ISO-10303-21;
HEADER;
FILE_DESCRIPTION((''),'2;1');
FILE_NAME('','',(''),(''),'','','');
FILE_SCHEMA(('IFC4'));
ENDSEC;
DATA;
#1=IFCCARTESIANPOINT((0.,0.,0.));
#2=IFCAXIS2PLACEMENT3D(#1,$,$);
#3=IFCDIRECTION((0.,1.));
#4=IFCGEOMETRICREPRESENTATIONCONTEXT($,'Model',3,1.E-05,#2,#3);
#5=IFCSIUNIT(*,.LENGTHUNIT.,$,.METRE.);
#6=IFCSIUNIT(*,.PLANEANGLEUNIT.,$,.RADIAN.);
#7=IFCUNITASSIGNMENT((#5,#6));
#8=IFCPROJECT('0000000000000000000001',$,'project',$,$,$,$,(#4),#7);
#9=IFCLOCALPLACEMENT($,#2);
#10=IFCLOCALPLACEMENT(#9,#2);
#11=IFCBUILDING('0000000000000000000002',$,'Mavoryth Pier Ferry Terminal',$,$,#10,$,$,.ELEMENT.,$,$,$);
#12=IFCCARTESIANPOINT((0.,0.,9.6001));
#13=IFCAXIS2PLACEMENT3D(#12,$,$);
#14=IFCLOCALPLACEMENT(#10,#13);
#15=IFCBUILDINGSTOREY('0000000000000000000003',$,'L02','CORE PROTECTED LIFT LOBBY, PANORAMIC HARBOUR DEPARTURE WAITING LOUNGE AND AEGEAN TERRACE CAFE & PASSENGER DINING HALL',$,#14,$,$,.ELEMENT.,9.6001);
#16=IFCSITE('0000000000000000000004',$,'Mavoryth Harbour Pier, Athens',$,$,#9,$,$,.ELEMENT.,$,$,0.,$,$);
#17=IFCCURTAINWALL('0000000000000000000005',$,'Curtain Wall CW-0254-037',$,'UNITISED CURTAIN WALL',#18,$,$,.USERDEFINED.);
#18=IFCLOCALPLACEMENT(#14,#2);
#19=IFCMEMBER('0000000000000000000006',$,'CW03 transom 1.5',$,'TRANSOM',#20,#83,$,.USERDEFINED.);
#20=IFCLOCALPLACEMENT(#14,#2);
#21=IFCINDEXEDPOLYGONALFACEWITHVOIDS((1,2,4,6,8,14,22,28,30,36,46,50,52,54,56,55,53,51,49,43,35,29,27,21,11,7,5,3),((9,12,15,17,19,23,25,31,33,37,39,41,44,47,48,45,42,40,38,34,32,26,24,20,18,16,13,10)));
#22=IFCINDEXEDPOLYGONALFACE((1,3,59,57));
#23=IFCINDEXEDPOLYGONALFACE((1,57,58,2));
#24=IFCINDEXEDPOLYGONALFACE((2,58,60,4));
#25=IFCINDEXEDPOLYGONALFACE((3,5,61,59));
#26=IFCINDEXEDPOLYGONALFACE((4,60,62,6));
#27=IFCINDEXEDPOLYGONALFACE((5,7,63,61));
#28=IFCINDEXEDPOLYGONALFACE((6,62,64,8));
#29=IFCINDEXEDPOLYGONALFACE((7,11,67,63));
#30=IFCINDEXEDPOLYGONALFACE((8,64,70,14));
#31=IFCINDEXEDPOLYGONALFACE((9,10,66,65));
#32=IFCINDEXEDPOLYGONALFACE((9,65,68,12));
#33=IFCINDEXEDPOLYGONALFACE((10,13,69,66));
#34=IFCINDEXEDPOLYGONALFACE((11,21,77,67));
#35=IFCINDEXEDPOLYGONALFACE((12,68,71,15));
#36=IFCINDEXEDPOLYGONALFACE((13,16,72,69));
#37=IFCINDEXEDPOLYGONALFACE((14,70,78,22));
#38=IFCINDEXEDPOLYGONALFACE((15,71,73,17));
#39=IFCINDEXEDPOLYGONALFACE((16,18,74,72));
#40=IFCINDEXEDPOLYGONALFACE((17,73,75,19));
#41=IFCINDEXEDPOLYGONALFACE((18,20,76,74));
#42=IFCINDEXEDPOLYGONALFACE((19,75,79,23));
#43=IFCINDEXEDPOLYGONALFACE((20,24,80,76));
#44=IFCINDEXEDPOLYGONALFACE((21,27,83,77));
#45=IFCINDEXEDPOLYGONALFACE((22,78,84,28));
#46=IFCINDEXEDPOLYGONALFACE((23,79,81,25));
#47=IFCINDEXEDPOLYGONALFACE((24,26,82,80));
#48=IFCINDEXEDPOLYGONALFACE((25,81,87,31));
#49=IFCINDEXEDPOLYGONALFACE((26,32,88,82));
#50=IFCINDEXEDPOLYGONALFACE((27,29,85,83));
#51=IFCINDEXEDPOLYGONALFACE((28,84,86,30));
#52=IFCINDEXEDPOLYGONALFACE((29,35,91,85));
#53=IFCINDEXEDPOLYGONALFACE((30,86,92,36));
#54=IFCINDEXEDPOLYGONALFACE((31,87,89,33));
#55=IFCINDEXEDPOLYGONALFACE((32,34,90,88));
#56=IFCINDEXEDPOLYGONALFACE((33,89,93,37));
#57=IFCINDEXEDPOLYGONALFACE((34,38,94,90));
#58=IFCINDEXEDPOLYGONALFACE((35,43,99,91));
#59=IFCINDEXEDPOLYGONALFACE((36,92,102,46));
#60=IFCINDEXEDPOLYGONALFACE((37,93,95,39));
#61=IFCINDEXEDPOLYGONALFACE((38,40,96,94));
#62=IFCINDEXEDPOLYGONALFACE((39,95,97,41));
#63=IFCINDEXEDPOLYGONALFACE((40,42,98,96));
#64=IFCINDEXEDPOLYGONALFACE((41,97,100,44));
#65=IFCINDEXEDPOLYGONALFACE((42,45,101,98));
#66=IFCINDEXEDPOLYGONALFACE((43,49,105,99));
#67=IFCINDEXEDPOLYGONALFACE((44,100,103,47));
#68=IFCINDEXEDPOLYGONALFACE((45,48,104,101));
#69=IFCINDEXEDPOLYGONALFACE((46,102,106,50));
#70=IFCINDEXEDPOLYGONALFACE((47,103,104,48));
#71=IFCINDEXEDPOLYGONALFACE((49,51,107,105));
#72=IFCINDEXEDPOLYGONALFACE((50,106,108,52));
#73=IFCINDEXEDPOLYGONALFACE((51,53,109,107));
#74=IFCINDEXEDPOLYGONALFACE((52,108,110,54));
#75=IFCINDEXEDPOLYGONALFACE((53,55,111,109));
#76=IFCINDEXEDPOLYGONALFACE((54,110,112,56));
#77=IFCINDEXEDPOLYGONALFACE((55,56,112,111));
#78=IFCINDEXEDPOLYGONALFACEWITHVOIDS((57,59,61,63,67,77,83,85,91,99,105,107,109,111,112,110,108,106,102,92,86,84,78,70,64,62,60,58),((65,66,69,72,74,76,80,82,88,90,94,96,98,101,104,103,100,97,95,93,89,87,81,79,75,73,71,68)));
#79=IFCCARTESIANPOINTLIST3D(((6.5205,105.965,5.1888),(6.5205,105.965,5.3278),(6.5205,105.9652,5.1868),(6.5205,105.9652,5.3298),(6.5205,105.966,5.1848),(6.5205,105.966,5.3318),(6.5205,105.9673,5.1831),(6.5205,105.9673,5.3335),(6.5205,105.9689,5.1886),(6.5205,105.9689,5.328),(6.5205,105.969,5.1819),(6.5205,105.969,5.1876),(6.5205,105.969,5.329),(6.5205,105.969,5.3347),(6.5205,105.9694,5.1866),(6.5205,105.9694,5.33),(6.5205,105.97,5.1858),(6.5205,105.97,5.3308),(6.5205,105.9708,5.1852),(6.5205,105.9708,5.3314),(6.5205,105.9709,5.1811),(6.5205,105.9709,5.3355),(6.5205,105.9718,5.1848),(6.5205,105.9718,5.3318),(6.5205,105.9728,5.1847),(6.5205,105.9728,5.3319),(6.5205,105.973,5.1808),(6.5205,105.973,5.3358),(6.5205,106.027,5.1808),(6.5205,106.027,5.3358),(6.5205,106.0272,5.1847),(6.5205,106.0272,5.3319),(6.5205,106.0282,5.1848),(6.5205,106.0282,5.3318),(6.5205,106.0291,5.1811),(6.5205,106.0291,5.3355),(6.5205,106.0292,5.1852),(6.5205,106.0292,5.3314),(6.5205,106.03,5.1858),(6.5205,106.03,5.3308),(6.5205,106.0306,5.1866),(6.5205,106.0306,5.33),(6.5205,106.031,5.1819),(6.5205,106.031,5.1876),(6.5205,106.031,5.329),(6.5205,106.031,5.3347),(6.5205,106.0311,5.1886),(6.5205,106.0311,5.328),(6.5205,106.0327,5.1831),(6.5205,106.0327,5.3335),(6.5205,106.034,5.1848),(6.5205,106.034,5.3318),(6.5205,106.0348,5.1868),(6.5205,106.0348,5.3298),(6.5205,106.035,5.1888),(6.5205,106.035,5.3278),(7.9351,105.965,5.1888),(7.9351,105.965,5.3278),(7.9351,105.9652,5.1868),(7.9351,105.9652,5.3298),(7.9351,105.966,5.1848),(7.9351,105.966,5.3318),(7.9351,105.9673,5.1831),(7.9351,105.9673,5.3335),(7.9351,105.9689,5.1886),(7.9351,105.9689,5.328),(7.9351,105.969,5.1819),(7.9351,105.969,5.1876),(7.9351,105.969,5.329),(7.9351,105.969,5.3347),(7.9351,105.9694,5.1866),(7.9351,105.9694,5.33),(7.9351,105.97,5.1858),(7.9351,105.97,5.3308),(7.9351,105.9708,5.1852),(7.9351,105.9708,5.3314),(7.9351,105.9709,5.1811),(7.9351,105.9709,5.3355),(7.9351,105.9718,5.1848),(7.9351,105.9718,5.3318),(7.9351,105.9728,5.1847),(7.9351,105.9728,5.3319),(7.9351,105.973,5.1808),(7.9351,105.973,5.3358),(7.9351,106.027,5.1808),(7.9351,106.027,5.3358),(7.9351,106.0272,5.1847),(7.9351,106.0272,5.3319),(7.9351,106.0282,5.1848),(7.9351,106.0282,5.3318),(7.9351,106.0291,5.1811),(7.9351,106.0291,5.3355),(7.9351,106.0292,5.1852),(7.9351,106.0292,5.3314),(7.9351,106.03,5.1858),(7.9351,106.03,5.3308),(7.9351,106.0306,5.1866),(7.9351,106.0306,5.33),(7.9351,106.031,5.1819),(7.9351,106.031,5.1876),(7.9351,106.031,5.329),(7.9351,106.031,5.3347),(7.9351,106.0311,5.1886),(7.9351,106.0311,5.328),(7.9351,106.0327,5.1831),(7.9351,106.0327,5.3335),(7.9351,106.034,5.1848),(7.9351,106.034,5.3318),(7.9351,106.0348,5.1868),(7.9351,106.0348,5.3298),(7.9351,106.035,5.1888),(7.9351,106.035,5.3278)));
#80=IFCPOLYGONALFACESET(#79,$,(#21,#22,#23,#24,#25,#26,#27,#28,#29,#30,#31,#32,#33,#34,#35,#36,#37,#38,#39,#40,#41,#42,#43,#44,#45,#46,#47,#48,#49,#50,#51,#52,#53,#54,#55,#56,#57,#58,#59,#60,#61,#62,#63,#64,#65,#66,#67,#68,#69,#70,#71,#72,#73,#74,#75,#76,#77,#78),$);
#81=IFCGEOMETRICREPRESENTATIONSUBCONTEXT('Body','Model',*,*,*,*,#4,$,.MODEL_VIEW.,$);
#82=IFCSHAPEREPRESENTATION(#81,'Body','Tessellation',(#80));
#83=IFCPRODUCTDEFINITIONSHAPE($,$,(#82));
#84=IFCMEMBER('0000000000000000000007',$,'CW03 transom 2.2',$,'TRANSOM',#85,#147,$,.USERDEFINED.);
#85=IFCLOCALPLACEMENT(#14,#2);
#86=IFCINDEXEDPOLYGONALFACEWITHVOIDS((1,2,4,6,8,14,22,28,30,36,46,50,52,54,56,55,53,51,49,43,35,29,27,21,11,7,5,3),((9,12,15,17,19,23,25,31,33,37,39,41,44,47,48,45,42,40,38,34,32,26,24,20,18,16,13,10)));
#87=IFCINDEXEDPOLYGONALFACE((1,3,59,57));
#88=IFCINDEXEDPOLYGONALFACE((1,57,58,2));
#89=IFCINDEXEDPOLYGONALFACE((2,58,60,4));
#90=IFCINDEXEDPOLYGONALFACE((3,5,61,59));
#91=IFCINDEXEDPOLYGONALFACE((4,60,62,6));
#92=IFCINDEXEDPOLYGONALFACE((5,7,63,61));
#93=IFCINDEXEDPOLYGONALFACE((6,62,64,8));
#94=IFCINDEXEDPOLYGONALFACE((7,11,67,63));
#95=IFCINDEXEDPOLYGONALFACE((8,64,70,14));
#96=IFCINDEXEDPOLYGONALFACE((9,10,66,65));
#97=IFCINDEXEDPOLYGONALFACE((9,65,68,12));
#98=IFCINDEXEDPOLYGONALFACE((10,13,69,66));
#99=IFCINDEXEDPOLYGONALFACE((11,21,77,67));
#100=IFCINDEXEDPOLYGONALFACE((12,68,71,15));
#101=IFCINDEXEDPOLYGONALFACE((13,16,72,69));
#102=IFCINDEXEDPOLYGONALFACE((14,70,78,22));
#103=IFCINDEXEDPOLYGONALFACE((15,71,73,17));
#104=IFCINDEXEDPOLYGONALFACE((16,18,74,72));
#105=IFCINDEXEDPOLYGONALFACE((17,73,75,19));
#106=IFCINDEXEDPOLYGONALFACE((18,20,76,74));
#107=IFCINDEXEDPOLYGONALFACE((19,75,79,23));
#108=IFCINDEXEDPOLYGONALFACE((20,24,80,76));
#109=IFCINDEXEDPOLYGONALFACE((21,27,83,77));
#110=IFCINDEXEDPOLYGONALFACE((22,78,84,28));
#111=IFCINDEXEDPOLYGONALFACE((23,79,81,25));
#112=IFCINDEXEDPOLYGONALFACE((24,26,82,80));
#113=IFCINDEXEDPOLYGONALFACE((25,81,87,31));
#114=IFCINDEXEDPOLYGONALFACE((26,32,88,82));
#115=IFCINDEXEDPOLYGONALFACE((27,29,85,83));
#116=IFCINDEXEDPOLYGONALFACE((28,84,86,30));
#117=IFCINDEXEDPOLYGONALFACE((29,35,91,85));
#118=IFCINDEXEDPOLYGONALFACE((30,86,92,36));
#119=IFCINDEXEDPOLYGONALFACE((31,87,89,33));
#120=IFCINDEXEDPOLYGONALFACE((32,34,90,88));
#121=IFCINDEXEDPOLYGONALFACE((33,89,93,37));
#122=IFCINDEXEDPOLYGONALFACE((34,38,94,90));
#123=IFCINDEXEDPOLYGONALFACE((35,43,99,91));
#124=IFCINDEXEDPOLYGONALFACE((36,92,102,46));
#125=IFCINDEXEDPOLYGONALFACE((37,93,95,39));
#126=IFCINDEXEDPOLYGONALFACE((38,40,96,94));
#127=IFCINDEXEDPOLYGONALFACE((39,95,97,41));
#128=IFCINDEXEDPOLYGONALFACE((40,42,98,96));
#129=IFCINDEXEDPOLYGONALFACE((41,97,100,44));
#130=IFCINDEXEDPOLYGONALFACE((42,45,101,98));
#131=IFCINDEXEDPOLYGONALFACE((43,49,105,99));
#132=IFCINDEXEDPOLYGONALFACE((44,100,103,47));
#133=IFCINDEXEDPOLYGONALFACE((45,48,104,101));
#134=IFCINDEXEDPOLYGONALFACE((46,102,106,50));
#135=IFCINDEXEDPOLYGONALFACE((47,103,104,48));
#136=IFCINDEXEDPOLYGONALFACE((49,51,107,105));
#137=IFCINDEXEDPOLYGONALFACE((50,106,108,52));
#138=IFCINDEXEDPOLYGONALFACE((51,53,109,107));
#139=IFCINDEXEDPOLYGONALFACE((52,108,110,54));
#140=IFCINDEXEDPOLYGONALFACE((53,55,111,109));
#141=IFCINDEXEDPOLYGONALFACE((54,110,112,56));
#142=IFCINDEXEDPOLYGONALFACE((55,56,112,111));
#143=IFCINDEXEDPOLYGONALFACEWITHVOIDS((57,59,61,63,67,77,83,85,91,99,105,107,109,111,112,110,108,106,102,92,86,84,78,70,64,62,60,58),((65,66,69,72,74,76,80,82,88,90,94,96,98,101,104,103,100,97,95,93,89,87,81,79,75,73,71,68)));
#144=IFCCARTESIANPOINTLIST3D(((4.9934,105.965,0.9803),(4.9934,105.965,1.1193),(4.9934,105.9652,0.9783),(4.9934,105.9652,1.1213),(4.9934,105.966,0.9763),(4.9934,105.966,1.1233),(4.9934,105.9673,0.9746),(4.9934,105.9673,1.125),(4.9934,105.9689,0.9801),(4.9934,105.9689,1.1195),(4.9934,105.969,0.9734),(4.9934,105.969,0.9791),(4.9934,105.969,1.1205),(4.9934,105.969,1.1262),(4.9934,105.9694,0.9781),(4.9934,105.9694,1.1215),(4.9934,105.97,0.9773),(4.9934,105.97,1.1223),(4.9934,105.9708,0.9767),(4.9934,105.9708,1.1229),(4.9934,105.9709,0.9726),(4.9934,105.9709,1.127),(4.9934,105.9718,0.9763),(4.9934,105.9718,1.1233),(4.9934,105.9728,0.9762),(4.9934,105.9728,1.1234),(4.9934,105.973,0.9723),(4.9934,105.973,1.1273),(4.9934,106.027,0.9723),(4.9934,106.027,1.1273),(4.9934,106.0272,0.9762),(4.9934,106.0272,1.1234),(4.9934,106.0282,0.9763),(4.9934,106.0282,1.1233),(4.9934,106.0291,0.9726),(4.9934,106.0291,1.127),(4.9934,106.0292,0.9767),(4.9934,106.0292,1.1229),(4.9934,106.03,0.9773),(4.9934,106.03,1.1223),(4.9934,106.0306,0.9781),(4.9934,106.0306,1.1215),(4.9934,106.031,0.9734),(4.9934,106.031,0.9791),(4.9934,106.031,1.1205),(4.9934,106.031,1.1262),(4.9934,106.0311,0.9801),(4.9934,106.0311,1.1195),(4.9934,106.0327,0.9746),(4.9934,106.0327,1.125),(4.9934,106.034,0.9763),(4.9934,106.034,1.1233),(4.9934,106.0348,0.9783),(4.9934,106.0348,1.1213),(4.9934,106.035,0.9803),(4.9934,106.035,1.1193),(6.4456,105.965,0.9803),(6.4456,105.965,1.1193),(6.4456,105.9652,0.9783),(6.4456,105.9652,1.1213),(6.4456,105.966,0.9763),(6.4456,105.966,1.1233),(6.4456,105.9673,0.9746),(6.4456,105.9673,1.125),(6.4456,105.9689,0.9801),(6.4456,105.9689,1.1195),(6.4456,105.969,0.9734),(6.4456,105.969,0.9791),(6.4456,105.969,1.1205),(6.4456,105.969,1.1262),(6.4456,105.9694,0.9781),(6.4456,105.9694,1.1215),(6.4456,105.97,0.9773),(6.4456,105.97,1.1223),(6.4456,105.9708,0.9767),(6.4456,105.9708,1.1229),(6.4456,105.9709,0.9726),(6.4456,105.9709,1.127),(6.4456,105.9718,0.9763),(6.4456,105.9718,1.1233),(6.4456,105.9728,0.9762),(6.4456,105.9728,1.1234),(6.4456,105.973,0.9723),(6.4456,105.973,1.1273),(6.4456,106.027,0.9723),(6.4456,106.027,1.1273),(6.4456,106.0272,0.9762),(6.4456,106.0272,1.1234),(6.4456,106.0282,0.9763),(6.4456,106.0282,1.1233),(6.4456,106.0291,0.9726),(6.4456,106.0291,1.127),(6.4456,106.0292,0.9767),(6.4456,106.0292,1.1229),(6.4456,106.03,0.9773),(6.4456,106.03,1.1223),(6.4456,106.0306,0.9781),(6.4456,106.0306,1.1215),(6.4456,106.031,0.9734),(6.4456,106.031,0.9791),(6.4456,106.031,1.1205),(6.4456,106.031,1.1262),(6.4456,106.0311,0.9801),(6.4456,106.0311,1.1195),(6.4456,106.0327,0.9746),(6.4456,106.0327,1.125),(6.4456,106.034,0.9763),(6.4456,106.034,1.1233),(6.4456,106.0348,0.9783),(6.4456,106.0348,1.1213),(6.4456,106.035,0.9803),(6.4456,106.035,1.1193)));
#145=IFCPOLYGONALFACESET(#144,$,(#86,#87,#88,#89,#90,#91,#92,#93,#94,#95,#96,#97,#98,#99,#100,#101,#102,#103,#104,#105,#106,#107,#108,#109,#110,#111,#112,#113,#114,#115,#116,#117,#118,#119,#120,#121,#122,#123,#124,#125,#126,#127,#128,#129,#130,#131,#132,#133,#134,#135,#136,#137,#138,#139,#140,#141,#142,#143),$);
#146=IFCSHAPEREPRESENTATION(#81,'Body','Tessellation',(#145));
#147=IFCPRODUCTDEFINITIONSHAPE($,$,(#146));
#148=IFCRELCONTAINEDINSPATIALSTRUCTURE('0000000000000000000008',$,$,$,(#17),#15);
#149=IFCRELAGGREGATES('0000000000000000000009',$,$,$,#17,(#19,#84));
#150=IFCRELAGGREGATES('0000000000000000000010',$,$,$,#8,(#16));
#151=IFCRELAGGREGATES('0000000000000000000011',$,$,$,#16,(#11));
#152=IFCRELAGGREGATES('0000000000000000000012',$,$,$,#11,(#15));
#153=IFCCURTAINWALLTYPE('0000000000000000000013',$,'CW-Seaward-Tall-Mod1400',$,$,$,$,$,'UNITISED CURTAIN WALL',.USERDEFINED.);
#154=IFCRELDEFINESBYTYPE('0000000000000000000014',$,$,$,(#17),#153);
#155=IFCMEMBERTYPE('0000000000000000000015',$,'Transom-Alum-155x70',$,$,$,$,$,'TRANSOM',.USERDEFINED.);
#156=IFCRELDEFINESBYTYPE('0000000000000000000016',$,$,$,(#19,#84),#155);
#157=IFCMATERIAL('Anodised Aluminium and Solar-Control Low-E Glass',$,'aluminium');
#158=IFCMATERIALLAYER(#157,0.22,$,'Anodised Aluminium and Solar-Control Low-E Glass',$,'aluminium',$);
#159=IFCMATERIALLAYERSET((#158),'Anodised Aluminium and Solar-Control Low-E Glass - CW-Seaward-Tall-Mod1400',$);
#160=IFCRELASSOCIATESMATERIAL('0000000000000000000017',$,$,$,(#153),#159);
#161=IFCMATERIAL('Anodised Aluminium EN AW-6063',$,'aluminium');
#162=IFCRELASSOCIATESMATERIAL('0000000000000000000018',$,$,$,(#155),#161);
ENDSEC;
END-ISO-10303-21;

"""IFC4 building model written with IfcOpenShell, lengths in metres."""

from ifc_helpers import new_model, si_unit, direction, frame, origin, origin_2d, place, context, subcontext, project, spatial, hollow_rectangle, extrude, material, layer, layer_set, material_profile, profile_set, type_object, element, aggregate, save


model = new_model("IFC4")

# Units and contexts
model_context = context("Model", 3, precision=1e-05, world=origin(), true_north=direction((0.0, 1.0)))
body_context = subcontext(model_context, "Body", "Model", "MODEL_VIEW")
ifc_project = project(units=[si_unit("LENGTHUNIT", "METRE"), si_unit("PLANEANGLEUNIT", "RADIAN")], contexts=[model_context])

# Site, building, storey
site_placement = place(None, origin())
site = spatial("IfcSite", under=ifc_project, at=site_placement, Name="Mavoryth Harbour Pier, Athens", CompositionType="ELEMENT", RefElevation=0.0)
building_placement = place(site_placement, origin())
building = spatial("IfcBuilding", under=site, at=building_placement, Name="Mavoryth Pier Ferry Terminal", CompositionType="ELEMENT")
storey_placement = place(building_placement, frame((0.0, 0.0, 9.6001)))
storey = spatial("IfcBuildingStorey", under=building, at=storey_placement, Name="L02", Description="CORE PROTECTED LIFT LOBBY, PANORAMIC HARBOUR DEPARTURE WAITING LOUNGE AND AEGEAN TERRACE CAFE & PASSENGER DINING HALL", CompositionType="ELEMENT", Elevation=9.6001)

# Curtain wall, members
ifc_material_1 = material(Name="Anodised Aluminium and Solar-Control Low-E Glass", Category="aluminium")
ifc_layer_1 = layer(ifc_material_1, 0.22, Name="Anodised Aluminium and Solar-Control Low-E Glass", Category="aluminium")
ifc_layer_set_1 = layer_set([ifc_layer_1], Name="Anodised Aluminium and Solar-Control Low-E Glass - CW-Seaward-Tall-Mod1400")
curtain_wall_type = type_object("IfcCurtainWallType", Name="CW-Seaward-Tall-Mod1400", ElementType="UNITISED CURTAIN WALL", PredefinedType="USERDEFINED", material=ifc_layer_set_1)
curtain_wall_placement = place(storey_placement, origin())
curtain_wall = element("IfcCurtainWall", 1, at=curtain_wall_placement, inside=storey, type_object=curtain_wall_type, Name="Curtain Wall CW-0254-037", ObjectType="UNITISED CURTAIN WALL", PredefinedType="USERDEFINED")
ifc_material_2 = material(Name="Anodised Aluminium EN AW-6063", Category="aluminium")
ifc_material_profile_1 = material_profile(ifc_material_2, hollow_rectangle(XDim=0.0701, YDim=0.155, WallThickness=0.0039, InnerFilletRadius=0.0039, OuterFilletRadius=0.0081, at=origin_2d()), Name="AL-TRAN 155x70x4", Category="aluminium")
ifc_profile_set_1 = profile_set([ifc_material_profile_1], Name="Anodised Aluminium EN AW-6063 - AL-TRAN 155x70x4")
member_type_1 = type_object("IfcMemberType", Name="Transom-Alum-155x70", ElementType="TRANSOM", PredefinedType="USERDEFINED", material=ifc_profile_set_1)
member_1_placement = place(storey_placement, frame((7.9351, 106.0, 5.2583), z_axis=(-1.0, 0.0, 0.0), x_axis=(0.0, -1.0, 0.0)))
member_1 = element("IfcMember", 2, at=member_1_placement, type_object=member_type_1, Name="CW03 transom 1.5", ObjectType="TRANSOM", PredefinedType="USERDEFINED", context=body_context, shape_type="SweptSolid", body=[
    extrude(hollow_rectangle(XDim=0.0701, YDim=0.155, WallThickness=0.0039, InnerFilletRadius=0.0039, OuterFilletRadius=0.0081, at=origin_2d()), origin(), (0.0, 0.0, 1.0), 1.4146),
])
member_2_placement = place(storey_placement, frame((6.4456, 106.0, 1.0498), z_axis=(-1.0, 0.0, 0.0), x_axis=(0.0, -1.0, 0.0)))
member_2 = element("IfcMember", 3, at=member_2_placement, type_object=member_type_1, Name="CW03 transom 2.2", ObjectType="TRANSOM", PredefinedType="USERDEFINED", context=body_context, shape_type="SweptSolid", body=[
    extrude(hollow_rectangle(XDim=0.0701, YDim=0.155, WallThickness=0.0039, InnerFilletRadius=0.0039, OuterFilletRadius=0.0081, at=origin_2d()), origin(), (0.0, 0.0, 1.0), 1.4521),
])
aggregate(curtain_wall, [member_1, member_2])

save(model, "model.ifc")
